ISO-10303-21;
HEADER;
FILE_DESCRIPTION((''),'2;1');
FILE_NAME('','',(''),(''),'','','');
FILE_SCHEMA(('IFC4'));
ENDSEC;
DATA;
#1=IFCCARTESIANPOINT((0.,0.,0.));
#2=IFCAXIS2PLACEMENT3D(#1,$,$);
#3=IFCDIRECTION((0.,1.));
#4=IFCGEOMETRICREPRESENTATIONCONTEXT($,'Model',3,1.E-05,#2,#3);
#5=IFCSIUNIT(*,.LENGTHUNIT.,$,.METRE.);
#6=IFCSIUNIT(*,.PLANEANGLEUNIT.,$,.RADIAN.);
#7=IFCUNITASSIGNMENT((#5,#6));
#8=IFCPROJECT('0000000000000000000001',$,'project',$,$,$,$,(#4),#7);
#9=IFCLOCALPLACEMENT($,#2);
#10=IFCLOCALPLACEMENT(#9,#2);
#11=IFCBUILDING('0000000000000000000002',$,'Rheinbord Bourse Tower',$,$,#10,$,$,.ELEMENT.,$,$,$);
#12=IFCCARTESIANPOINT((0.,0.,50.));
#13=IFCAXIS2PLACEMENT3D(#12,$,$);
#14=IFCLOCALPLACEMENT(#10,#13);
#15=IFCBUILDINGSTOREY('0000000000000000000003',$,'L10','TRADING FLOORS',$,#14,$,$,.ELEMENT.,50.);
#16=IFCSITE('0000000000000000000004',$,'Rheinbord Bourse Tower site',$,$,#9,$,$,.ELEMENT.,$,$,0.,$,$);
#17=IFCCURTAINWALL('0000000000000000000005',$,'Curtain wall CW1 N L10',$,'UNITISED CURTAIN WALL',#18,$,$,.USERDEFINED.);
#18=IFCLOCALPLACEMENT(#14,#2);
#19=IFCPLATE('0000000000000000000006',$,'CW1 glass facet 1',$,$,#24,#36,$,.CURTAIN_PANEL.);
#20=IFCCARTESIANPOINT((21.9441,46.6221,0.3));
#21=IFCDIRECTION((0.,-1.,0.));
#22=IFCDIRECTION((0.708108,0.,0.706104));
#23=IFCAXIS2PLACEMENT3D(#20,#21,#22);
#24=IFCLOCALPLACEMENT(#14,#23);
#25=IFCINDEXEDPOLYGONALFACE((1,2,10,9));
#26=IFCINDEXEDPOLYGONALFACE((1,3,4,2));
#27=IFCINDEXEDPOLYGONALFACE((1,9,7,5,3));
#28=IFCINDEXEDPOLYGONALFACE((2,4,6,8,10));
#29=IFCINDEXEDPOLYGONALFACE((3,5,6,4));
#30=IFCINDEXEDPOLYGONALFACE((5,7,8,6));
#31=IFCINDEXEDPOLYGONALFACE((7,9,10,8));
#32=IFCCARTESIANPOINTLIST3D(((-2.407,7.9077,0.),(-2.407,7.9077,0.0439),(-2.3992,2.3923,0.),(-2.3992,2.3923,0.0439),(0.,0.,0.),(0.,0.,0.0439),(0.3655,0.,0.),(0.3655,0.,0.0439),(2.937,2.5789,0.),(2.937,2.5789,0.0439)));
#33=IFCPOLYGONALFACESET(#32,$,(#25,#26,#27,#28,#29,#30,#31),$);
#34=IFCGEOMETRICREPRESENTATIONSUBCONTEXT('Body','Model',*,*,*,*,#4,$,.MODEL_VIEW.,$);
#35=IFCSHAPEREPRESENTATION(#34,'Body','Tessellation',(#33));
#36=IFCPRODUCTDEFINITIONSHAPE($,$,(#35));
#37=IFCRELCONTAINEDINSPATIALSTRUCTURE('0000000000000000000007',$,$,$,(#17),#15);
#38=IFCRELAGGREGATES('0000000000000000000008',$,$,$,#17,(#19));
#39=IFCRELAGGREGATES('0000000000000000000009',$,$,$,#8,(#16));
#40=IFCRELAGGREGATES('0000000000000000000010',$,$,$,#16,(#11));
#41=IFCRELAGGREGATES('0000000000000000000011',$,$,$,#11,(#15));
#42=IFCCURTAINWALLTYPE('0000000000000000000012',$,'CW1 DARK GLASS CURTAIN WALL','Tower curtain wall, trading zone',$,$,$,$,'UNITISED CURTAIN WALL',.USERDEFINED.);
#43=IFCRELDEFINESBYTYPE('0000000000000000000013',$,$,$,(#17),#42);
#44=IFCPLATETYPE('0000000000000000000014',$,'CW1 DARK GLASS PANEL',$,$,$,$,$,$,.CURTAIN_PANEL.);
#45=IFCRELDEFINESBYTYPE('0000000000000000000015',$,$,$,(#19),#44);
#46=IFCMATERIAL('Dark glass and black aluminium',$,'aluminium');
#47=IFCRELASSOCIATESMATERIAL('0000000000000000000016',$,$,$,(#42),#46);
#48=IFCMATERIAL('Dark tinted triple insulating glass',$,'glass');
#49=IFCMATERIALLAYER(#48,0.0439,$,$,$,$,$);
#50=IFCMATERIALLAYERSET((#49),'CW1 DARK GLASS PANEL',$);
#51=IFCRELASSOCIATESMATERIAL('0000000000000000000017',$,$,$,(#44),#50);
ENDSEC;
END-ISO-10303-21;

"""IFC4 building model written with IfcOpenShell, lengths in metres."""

from ifc_helpers import new_model, si_unit, direction, frame, origin, place, context, subcontext, project, spatial, polyline, outline, extrude, material, layer, layer_set, type_object, element, aggregate, save


model = new_model("IFC4")

# Units and contexts
model_context = context("Model", 3, precision=1e-05, world=origin(), true_north=direction((0.0, 1.0)))
body_context = subcontext(model_context, "Body", "Model", "MODEL_VIEW")
ifc_project = project(units=[si_unit("LENGTHUNIT", "METRE"), si_unit("PLANEANGLEUNIT", "RADIAN")], contexts=[model_context])

# Site, building, storey
site_placement = place(None, origin())
site = spatial("IfcSite", under=ifc_project, at=site_placement, Name="Rheinbord Bourse Tower site", CompositionType="ELEMENT", RefElevation=0.0)
building_placement = place(site_placement, origin())
building = spatial("IfcBuilding", under=site, at=building_placement, Name="Rheinbord Bourse Tower", CompositionType="ELEMENT")
storey_placement = place(building_placement, frame((0.0, 0.0, 50.0)))
storey = spatial("IfcBuildingStorey", under=building, at=storey_placement, Name="L10", Description="TRADING FLOORS", CompositionType="ELEMENT", Elevation=50.0)

# Curtain wall
ifc_material_1 = material(Name="Dark glass and black aluminium", Category="aluminium")
curtain_wall_type = type_object("IfcCurtainWallType", Name="CW1 DARK GLASS CURTAIN WALL", Description="Tower curtain wall, trading zone", ElementType="UNITISED CURTAIN WALL", PredefinedType="USERDEFINED", material=ifc_material_1)
curtain_wall_placement = place(storey_placement, origin())
curtain_wall = element("IfcCurtainWall", 1, at=curtain_wall_placement, inside=storey, type_object=curtain_wall_type, Name="Curtain wall CW1 N L10", ObjectType="UNITISED CURTAIN WALL", PredefinedType="USERDEFINED")

# Plate
ifc_material_2 = material(Name="Dark tinted triple insulating glass", Category="glass")
ifc_layer = layer(ifc_material_2, 0.0439)
ifc_layer_set = layer_set([ifc_layer], Name="CW1 DARK GLASS PANEL")
plate_type = type_object("IfcPlateType", Name="CW1 DARK GLASS PANEL", PredefinedType="CURTAIN_PANEL", material=ifc_layer_set)
plate_1_placement = place(storey_placement, frame((21.9441, 46.6221, 0.3), z_axis=(0.0, -1.0, 0.0), x_axis=(0.708108, 0.0, 0.706104)))
plate_1 = element("IfcPlate", 2, at=plate_1_placement, type_object=plate_type, Name="CW1 glass facet 1", PredefinedType="CURTAIN_PANEL", context=body_context, shape_type="SweptSolid", body=[
    extrude(outline(polyline([(0.0, 0.0), (0.3655, 0.0), (2.937, 2.5789), (-2.407, 7.9077), (-2.3992, 2.3923), (0.0, 0.0)])), origin(), (0.0, 0.0, 1.0), 0.0439),
])
aggregate(curtain_wall, [plate_1])

save(model, "model.ifc")
